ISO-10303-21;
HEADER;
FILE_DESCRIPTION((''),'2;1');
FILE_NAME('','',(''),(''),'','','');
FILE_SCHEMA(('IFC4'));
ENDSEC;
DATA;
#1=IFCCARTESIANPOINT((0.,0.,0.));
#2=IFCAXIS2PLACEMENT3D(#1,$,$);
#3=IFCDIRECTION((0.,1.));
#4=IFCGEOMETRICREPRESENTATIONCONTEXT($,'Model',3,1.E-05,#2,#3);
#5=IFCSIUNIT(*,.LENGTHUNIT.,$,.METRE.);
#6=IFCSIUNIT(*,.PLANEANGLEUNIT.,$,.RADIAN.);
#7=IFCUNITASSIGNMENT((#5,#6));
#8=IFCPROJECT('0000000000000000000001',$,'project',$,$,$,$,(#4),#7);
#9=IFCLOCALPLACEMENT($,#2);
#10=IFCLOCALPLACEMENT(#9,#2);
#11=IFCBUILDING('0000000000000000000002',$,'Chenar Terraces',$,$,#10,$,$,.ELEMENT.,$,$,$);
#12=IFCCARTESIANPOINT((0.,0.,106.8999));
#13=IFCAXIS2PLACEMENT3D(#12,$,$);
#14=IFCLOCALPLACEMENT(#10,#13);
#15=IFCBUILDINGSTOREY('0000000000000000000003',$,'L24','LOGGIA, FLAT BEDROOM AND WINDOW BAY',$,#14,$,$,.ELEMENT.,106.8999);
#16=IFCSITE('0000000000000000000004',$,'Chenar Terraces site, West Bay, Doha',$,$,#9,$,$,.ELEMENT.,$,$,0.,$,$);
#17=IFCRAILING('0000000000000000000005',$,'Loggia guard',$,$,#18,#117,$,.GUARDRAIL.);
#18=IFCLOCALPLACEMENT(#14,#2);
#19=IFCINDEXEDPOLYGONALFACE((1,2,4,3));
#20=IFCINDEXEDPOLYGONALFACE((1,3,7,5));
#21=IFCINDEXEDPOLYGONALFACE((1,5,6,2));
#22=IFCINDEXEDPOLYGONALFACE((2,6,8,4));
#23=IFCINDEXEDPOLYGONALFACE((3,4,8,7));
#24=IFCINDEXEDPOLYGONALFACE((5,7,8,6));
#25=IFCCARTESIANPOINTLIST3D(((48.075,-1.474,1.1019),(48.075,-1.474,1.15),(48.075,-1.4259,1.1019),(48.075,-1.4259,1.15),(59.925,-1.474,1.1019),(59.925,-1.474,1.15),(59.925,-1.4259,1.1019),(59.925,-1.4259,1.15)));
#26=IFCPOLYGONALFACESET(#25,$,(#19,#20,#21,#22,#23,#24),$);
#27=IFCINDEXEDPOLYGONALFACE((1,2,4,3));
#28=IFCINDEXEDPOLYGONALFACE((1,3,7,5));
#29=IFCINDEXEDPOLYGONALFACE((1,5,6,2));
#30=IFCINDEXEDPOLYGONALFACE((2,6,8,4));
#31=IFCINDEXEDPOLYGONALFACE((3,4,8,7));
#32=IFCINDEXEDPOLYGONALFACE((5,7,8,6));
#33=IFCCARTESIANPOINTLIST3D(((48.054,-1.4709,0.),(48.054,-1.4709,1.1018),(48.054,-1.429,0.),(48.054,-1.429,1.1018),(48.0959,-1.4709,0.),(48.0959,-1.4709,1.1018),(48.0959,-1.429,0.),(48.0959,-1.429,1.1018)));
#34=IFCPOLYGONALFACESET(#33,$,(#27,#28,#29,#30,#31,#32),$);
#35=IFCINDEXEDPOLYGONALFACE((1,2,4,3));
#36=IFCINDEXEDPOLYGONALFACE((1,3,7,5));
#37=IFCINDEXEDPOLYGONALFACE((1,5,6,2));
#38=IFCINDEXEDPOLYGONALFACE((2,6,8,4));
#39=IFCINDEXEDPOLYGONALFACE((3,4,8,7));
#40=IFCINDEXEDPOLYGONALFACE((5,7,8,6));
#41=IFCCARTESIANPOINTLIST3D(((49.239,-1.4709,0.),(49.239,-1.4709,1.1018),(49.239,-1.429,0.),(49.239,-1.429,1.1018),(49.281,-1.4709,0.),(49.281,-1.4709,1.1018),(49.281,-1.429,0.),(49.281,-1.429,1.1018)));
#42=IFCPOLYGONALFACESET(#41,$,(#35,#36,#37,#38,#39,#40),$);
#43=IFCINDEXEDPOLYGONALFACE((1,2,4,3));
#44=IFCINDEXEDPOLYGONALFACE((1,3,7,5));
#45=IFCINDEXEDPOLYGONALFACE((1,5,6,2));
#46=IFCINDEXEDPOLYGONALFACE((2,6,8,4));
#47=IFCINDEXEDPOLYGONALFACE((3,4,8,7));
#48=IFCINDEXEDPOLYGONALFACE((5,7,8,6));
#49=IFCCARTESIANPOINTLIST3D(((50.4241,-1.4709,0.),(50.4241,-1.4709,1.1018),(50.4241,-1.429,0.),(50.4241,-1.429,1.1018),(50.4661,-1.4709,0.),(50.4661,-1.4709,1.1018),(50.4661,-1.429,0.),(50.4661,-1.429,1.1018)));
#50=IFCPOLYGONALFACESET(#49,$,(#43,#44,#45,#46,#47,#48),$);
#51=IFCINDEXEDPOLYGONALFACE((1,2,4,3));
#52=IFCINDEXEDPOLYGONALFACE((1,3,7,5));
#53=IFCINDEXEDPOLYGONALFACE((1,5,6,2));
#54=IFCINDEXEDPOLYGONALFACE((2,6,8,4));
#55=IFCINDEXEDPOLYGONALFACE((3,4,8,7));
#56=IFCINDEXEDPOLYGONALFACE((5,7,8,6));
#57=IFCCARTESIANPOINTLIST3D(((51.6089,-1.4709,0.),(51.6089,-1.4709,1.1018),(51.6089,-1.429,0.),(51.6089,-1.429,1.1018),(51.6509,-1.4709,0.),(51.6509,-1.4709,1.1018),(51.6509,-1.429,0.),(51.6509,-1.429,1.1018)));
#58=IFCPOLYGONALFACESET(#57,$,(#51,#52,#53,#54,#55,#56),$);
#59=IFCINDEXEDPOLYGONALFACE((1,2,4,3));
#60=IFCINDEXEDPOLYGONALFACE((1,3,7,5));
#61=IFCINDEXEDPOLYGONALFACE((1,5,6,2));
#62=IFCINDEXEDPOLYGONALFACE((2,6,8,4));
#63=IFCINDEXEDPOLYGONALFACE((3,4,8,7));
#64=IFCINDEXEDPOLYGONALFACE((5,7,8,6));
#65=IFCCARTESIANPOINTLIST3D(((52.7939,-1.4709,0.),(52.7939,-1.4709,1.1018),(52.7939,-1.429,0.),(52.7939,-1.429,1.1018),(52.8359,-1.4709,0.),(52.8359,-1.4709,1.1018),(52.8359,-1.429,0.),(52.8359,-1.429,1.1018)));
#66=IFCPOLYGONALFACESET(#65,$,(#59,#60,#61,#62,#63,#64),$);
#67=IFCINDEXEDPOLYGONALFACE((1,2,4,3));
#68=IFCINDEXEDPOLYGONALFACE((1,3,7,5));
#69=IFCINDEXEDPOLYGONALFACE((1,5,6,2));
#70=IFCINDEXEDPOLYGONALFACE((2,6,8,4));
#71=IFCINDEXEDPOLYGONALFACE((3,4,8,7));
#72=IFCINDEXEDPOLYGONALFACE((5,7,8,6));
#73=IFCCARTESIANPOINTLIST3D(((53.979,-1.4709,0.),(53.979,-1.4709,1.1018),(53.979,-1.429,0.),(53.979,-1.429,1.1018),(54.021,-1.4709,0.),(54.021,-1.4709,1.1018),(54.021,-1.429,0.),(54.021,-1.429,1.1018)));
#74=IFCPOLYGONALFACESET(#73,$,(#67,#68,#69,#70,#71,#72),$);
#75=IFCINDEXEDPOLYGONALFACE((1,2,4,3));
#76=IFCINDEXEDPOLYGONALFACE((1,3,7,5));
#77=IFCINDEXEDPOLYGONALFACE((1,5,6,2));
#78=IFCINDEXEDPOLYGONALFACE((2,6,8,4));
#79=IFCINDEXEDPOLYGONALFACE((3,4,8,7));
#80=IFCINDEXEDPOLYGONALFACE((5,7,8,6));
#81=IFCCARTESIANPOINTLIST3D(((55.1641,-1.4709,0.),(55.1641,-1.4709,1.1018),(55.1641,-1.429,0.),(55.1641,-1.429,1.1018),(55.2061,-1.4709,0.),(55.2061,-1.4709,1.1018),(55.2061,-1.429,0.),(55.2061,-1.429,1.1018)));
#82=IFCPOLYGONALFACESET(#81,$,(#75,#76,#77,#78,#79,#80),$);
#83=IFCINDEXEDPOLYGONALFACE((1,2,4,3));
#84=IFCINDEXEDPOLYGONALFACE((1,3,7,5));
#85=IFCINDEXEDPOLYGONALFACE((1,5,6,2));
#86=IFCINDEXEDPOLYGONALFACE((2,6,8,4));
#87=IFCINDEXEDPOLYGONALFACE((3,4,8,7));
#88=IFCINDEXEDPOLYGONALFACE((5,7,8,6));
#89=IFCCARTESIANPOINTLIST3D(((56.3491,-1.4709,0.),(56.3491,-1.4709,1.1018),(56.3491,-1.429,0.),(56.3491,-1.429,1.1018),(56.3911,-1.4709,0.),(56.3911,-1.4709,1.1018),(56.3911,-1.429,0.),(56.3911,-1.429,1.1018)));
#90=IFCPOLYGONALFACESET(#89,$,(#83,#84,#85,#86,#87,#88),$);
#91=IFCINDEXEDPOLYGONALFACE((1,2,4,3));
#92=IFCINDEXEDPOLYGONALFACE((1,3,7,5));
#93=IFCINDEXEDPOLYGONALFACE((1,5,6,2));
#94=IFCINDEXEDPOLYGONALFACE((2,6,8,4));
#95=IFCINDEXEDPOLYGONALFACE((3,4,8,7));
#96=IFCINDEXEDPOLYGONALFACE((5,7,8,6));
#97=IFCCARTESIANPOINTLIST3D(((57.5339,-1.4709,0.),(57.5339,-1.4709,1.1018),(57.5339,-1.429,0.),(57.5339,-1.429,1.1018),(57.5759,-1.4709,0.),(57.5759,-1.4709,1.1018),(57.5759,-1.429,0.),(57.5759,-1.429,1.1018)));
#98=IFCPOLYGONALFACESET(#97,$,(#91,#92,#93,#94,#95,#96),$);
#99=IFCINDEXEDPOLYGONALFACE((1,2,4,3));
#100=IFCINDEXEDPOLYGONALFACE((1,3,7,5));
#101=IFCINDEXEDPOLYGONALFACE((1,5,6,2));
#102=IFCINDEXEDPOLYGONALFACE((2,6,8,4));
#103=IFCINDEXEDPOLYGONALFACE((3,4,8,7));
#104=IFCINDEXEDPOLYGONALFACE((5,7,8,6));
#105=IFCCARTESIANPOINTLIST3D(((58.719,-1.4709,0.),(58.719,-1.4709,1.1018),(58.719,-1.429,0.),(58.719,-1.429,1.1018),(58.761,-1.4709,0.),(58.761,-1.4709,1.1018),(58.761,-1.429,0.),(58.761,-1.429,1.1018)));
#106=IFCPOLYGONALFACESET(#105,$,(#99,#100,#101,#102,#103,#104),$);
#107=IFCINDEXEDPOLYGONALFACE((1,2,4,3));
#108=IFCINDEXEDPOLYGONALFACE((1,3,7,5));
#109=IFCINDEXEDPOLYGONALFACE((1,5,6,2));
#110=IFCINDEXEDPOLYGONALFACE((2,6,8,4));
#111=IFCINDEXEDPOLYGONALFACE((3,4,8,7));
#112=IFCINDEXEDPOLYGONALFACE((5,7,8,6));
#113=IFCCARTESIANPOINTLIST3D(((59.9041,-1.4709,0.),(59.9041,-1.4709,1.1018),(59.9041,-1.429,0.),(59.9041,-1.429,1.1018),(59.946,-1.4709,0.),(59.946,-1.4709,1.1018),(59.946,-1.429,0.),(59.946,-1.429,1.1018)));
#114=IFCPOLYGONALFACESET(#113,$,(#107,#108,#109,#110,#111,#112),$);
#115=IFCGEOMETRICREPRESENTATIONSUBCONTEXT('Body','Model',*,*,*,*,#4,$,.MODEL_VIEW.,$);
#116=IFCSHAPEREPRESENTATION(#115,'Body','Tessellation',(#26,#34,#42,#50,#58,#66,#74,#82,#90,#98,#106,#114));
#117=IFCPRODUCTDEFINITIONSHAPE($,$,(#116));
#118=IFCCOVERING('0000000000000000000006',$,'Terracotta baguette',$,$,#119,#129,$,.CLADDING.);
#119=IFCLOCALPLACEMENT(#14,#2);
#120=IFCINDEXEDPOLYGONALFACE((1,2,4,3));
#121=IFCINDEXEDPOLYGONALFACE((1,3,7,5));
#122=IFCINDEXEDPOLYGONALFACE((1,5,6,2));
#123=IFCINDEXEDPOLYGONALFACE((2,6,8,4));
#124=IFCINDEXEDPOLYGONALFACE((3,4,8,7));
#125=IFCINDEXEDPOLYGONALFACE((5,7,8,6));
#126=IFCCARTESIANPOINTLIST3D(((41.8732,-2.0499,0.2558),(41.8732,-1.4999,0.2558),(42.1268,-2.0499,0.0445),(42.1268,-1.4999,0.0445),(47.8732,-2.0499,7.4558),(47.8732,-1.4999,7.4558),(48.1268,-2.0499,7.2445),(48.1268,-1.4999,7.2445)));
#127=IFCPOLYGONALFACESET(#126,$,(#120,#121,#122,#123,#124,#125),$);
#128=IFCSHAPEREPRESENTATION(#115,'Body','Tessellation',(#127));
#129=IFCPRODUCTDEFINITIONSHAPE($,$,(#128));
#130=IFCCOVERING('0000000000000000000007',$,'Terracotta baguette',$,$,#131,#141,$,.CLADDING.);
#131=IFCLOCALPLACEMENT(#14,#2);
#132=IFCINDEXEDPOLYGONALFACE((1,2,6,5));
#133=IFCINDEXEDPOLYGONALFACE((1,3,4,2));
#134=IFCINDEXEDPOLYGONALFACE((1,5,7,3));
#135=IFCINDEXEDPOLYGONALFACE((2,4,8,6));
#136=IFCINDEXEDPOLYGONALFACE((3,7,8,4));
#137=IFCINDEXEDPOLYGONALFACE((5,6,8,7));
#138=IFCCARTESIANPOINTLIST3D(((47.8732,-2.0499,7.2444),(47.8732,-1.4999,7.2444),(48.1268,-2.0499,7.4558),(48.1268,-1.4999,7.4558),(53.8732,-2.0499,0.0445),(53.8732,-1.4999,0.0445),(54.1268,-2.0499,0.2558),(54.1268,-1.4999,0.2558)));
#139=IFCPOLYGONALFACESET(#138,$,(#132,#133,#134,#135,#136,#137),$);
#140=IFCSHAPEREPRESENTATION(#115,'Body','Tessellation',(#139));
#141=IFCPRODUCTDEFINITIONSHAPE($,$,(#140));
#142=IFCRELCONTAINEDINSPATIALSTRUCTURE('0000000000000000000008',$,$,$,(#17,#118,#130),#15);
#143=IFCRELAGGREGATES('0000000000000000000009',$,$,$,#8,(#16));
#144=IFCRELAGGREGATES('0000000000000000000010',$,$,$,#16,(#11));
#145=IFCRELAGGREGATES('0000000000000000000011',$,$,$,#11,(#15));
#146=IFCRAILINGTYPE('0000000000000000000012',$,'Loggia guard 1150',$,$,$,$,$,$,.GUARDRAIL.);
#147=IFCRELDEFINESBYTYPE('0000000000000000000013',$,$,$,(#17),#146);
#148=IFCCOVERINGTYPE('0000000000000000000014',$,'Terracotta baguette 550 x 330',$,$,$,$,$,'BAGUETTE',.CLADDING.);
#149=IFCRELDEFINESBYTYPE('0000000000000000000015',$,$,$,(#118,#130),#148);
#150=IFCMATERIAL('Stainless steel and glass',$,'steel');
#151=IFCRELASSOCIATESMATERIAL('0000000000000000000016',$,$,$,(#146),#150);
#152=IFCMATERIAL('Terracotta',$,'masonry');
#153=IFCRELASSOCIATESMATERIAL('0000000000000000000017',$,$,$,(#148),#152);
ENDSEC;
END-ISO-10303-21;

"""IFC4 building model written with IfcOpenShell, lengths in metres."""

from ifc_helpers import new_model, si_unit, direction, frame, origin, origin_2d, place, context, subcontext, project, spatial, rectangle, extrude, material, material_profile, profile_set, type_object, element, save


model = new_model("IFC4")

# Units and contexts
model_context = context("Model", 3, precision=1e-05, world=origin(), true_north=direction((0.0, 1.0)))
body_context = subcontext(model_context, "Body", "Model", "MODEL_VIEW")
ifc_project = project(units=[si_unit("LENGTHUNIT", "METRE"), si_unit("PLANEANGLEUNIT", "RADIAN")], contexts=[model_context])

# Site, building, storey
site_placement = place(None, origin())
site = spatial("IfcSite", under=ifc_project, at=site_placement, Name="Chenar Terraces site, West Bay, Doha", CompositionType="ELEMENT", RefElevation=0.0)
building_placement = place(site_placement, origin())
building = spatial("IfcBuilding", under=site, at=building_placement, Name="Chenar Terraces", CompositionType="ELEMENT")
storey_placement = place(building_placement, frame((0.0, 0.0, 106.8999)))
storey = spatial("IfcBuildingStorey", under=building, at=storey_placement, Name="L24", Description="LOGGIA, FLAT BEDROOM AND WINDOW BAY", CompositionType="ELEMENT", Elevation=106.8999)

# Railing
ifc_material_1 = material(Name="Stainless steel and glass", Category="steel")
railing_type = type_object("IfcRailingType", Name="Loggia guard 1150", PredefinedType="GUARDRAIL", material=ifc_material_1)
railing_placement = place(storey_placement, frame((48.075, -1.45, 0.0)))
element("IfcRailing", 1, at=railing_placement, inside=storey, type_object=railing_type, Name="Loggia guard", PredefinedType="GUARDRAIL", context=body_context, shape_type="SweptSolid", body=[
    extrude(rectangle(XDim=0.0481, YDim=0.0481, at=origin_2d()), frame((0.0, 0.0, 1.126), z_axis=(1.0, 0.0, 0.0), x_axis=(0.0, 1.0, 0.0)), (0.0, 0.0, 1.0), 11.8501),
    extrude(rectangle(XDim=0.042, YDim=0.042, at=origin_2d()), origin(), (0.0, 0.0, 1.0), 1.1018),
    extrude(rectangle(XDim=0.042, YDim=0.042, at=origin_2d()), frame((1.1851, 0.0, 0.0)), (0.0, 0.0, 1.0), 1.1018),
    extrude(rectangle(XDim=0.042, YDim=0.042, at=origin_2d()), frame((2.3701, 0.0, 0.0)), (0.0, 0.0, 1.0), 1.1018),
    extrude(rectangle(XDim=0.042, YDim=0.042, at=origin_2d()), frame((3.5549, 0.0, 0.0)), (0.0, 0.0, 1.0), 1.1018),
    extrude(rectangle(XDim=0.042, YDim=0.042, at=origin_2d()), frame((4.74, 0.0, 0.0)), (0.0, 0.0, 1.0), 1.1018),
    extrude(rectangle(XDim=0.042, YDim=0.042, at=origin_2d()), frame((5.925, 0.0, 0.0)), (0.0, 0.0, 1.0), 1.1018),
    extrude(rectangle(XDim=0.042, YDim=0.042, at=origin_2d()), frame((7.1101, 0.0, 0.0)), (0.0, 0.0, 1.0), 1.1018),
    extrude(rectangle(XDim=0.042, YDim=0.042, at=origin_2d()), frame((8.2952, 0.0, 0.0)), (0.0, 0.0, 1.0), 1.1018),
    extrude(rectangle(XDim=0.042, YDim=0.042, at=origin_2d()), frame((9.48, 0.0, 0.0)), (0.0, 0.0, 1.0), 1.1018),
    extrude(rectangle(XDim=0.042, YDim=0.042, at=origin_2d()), frame((10.665, 0.0, 0.0)), (0.0, 0.0, 1.0), 1.1018),
    extrude(rectangle(XDim=0.042, YDim=0.042, at=origin_2d()), frame((11.8501, 0.0, 0.0)), (0.0, 0.0, 1.0), 1.1018),
])

# Coverings
ifc_material_2 = material(Name="Terracotta", Category="masonry")
ifc_material_profile_1 = material_profile(ifc_material_2, rectangle(XDim=0.55, YDim=0.3301, at=origin_2d()), Name="Terracotta baguette 550 x 330")
ifc_profile_set_1 = profile_set([ifc_material_profile_1], Name="Terracotta")
covering_type = type_object("IfcCoveringType", Name="Terracotta baguette 550 x 330", ElementType="BAGUETTE", PredefinedType="CLADDING", material=ifc_profile_set_1)
for number, where, z_axis, x_axis, name in (
    (2, (42.0, -1.7749, 0.1501), (0.640187, 0.0, 0.768219), (0.0, 1.0, 0.0), "Terracotta baguette"),
    (3, (48.0, -1.7749, 7.3501), (0.640187, 0.0, -0.768219), (0.0, 1.0, 0.0), "Terracotta baguette"),
):
    element("IfcCovering", number, at=place(storey_placement, frame(where, z_axis=z_axis, x_axis=x_axis)), inside=storey, type_object=covering_type, Name=name, PredefinedType="CLADDING", context=body_context, shape_type="SweptSolid", body=[
        extrude(rectangle(XDim=0.55, YDim=0.3301, at=origin_2d()), origin(), (0.0, 0.0, 1.0), 9.3723),
    ])

save(model, "model.ifc")
